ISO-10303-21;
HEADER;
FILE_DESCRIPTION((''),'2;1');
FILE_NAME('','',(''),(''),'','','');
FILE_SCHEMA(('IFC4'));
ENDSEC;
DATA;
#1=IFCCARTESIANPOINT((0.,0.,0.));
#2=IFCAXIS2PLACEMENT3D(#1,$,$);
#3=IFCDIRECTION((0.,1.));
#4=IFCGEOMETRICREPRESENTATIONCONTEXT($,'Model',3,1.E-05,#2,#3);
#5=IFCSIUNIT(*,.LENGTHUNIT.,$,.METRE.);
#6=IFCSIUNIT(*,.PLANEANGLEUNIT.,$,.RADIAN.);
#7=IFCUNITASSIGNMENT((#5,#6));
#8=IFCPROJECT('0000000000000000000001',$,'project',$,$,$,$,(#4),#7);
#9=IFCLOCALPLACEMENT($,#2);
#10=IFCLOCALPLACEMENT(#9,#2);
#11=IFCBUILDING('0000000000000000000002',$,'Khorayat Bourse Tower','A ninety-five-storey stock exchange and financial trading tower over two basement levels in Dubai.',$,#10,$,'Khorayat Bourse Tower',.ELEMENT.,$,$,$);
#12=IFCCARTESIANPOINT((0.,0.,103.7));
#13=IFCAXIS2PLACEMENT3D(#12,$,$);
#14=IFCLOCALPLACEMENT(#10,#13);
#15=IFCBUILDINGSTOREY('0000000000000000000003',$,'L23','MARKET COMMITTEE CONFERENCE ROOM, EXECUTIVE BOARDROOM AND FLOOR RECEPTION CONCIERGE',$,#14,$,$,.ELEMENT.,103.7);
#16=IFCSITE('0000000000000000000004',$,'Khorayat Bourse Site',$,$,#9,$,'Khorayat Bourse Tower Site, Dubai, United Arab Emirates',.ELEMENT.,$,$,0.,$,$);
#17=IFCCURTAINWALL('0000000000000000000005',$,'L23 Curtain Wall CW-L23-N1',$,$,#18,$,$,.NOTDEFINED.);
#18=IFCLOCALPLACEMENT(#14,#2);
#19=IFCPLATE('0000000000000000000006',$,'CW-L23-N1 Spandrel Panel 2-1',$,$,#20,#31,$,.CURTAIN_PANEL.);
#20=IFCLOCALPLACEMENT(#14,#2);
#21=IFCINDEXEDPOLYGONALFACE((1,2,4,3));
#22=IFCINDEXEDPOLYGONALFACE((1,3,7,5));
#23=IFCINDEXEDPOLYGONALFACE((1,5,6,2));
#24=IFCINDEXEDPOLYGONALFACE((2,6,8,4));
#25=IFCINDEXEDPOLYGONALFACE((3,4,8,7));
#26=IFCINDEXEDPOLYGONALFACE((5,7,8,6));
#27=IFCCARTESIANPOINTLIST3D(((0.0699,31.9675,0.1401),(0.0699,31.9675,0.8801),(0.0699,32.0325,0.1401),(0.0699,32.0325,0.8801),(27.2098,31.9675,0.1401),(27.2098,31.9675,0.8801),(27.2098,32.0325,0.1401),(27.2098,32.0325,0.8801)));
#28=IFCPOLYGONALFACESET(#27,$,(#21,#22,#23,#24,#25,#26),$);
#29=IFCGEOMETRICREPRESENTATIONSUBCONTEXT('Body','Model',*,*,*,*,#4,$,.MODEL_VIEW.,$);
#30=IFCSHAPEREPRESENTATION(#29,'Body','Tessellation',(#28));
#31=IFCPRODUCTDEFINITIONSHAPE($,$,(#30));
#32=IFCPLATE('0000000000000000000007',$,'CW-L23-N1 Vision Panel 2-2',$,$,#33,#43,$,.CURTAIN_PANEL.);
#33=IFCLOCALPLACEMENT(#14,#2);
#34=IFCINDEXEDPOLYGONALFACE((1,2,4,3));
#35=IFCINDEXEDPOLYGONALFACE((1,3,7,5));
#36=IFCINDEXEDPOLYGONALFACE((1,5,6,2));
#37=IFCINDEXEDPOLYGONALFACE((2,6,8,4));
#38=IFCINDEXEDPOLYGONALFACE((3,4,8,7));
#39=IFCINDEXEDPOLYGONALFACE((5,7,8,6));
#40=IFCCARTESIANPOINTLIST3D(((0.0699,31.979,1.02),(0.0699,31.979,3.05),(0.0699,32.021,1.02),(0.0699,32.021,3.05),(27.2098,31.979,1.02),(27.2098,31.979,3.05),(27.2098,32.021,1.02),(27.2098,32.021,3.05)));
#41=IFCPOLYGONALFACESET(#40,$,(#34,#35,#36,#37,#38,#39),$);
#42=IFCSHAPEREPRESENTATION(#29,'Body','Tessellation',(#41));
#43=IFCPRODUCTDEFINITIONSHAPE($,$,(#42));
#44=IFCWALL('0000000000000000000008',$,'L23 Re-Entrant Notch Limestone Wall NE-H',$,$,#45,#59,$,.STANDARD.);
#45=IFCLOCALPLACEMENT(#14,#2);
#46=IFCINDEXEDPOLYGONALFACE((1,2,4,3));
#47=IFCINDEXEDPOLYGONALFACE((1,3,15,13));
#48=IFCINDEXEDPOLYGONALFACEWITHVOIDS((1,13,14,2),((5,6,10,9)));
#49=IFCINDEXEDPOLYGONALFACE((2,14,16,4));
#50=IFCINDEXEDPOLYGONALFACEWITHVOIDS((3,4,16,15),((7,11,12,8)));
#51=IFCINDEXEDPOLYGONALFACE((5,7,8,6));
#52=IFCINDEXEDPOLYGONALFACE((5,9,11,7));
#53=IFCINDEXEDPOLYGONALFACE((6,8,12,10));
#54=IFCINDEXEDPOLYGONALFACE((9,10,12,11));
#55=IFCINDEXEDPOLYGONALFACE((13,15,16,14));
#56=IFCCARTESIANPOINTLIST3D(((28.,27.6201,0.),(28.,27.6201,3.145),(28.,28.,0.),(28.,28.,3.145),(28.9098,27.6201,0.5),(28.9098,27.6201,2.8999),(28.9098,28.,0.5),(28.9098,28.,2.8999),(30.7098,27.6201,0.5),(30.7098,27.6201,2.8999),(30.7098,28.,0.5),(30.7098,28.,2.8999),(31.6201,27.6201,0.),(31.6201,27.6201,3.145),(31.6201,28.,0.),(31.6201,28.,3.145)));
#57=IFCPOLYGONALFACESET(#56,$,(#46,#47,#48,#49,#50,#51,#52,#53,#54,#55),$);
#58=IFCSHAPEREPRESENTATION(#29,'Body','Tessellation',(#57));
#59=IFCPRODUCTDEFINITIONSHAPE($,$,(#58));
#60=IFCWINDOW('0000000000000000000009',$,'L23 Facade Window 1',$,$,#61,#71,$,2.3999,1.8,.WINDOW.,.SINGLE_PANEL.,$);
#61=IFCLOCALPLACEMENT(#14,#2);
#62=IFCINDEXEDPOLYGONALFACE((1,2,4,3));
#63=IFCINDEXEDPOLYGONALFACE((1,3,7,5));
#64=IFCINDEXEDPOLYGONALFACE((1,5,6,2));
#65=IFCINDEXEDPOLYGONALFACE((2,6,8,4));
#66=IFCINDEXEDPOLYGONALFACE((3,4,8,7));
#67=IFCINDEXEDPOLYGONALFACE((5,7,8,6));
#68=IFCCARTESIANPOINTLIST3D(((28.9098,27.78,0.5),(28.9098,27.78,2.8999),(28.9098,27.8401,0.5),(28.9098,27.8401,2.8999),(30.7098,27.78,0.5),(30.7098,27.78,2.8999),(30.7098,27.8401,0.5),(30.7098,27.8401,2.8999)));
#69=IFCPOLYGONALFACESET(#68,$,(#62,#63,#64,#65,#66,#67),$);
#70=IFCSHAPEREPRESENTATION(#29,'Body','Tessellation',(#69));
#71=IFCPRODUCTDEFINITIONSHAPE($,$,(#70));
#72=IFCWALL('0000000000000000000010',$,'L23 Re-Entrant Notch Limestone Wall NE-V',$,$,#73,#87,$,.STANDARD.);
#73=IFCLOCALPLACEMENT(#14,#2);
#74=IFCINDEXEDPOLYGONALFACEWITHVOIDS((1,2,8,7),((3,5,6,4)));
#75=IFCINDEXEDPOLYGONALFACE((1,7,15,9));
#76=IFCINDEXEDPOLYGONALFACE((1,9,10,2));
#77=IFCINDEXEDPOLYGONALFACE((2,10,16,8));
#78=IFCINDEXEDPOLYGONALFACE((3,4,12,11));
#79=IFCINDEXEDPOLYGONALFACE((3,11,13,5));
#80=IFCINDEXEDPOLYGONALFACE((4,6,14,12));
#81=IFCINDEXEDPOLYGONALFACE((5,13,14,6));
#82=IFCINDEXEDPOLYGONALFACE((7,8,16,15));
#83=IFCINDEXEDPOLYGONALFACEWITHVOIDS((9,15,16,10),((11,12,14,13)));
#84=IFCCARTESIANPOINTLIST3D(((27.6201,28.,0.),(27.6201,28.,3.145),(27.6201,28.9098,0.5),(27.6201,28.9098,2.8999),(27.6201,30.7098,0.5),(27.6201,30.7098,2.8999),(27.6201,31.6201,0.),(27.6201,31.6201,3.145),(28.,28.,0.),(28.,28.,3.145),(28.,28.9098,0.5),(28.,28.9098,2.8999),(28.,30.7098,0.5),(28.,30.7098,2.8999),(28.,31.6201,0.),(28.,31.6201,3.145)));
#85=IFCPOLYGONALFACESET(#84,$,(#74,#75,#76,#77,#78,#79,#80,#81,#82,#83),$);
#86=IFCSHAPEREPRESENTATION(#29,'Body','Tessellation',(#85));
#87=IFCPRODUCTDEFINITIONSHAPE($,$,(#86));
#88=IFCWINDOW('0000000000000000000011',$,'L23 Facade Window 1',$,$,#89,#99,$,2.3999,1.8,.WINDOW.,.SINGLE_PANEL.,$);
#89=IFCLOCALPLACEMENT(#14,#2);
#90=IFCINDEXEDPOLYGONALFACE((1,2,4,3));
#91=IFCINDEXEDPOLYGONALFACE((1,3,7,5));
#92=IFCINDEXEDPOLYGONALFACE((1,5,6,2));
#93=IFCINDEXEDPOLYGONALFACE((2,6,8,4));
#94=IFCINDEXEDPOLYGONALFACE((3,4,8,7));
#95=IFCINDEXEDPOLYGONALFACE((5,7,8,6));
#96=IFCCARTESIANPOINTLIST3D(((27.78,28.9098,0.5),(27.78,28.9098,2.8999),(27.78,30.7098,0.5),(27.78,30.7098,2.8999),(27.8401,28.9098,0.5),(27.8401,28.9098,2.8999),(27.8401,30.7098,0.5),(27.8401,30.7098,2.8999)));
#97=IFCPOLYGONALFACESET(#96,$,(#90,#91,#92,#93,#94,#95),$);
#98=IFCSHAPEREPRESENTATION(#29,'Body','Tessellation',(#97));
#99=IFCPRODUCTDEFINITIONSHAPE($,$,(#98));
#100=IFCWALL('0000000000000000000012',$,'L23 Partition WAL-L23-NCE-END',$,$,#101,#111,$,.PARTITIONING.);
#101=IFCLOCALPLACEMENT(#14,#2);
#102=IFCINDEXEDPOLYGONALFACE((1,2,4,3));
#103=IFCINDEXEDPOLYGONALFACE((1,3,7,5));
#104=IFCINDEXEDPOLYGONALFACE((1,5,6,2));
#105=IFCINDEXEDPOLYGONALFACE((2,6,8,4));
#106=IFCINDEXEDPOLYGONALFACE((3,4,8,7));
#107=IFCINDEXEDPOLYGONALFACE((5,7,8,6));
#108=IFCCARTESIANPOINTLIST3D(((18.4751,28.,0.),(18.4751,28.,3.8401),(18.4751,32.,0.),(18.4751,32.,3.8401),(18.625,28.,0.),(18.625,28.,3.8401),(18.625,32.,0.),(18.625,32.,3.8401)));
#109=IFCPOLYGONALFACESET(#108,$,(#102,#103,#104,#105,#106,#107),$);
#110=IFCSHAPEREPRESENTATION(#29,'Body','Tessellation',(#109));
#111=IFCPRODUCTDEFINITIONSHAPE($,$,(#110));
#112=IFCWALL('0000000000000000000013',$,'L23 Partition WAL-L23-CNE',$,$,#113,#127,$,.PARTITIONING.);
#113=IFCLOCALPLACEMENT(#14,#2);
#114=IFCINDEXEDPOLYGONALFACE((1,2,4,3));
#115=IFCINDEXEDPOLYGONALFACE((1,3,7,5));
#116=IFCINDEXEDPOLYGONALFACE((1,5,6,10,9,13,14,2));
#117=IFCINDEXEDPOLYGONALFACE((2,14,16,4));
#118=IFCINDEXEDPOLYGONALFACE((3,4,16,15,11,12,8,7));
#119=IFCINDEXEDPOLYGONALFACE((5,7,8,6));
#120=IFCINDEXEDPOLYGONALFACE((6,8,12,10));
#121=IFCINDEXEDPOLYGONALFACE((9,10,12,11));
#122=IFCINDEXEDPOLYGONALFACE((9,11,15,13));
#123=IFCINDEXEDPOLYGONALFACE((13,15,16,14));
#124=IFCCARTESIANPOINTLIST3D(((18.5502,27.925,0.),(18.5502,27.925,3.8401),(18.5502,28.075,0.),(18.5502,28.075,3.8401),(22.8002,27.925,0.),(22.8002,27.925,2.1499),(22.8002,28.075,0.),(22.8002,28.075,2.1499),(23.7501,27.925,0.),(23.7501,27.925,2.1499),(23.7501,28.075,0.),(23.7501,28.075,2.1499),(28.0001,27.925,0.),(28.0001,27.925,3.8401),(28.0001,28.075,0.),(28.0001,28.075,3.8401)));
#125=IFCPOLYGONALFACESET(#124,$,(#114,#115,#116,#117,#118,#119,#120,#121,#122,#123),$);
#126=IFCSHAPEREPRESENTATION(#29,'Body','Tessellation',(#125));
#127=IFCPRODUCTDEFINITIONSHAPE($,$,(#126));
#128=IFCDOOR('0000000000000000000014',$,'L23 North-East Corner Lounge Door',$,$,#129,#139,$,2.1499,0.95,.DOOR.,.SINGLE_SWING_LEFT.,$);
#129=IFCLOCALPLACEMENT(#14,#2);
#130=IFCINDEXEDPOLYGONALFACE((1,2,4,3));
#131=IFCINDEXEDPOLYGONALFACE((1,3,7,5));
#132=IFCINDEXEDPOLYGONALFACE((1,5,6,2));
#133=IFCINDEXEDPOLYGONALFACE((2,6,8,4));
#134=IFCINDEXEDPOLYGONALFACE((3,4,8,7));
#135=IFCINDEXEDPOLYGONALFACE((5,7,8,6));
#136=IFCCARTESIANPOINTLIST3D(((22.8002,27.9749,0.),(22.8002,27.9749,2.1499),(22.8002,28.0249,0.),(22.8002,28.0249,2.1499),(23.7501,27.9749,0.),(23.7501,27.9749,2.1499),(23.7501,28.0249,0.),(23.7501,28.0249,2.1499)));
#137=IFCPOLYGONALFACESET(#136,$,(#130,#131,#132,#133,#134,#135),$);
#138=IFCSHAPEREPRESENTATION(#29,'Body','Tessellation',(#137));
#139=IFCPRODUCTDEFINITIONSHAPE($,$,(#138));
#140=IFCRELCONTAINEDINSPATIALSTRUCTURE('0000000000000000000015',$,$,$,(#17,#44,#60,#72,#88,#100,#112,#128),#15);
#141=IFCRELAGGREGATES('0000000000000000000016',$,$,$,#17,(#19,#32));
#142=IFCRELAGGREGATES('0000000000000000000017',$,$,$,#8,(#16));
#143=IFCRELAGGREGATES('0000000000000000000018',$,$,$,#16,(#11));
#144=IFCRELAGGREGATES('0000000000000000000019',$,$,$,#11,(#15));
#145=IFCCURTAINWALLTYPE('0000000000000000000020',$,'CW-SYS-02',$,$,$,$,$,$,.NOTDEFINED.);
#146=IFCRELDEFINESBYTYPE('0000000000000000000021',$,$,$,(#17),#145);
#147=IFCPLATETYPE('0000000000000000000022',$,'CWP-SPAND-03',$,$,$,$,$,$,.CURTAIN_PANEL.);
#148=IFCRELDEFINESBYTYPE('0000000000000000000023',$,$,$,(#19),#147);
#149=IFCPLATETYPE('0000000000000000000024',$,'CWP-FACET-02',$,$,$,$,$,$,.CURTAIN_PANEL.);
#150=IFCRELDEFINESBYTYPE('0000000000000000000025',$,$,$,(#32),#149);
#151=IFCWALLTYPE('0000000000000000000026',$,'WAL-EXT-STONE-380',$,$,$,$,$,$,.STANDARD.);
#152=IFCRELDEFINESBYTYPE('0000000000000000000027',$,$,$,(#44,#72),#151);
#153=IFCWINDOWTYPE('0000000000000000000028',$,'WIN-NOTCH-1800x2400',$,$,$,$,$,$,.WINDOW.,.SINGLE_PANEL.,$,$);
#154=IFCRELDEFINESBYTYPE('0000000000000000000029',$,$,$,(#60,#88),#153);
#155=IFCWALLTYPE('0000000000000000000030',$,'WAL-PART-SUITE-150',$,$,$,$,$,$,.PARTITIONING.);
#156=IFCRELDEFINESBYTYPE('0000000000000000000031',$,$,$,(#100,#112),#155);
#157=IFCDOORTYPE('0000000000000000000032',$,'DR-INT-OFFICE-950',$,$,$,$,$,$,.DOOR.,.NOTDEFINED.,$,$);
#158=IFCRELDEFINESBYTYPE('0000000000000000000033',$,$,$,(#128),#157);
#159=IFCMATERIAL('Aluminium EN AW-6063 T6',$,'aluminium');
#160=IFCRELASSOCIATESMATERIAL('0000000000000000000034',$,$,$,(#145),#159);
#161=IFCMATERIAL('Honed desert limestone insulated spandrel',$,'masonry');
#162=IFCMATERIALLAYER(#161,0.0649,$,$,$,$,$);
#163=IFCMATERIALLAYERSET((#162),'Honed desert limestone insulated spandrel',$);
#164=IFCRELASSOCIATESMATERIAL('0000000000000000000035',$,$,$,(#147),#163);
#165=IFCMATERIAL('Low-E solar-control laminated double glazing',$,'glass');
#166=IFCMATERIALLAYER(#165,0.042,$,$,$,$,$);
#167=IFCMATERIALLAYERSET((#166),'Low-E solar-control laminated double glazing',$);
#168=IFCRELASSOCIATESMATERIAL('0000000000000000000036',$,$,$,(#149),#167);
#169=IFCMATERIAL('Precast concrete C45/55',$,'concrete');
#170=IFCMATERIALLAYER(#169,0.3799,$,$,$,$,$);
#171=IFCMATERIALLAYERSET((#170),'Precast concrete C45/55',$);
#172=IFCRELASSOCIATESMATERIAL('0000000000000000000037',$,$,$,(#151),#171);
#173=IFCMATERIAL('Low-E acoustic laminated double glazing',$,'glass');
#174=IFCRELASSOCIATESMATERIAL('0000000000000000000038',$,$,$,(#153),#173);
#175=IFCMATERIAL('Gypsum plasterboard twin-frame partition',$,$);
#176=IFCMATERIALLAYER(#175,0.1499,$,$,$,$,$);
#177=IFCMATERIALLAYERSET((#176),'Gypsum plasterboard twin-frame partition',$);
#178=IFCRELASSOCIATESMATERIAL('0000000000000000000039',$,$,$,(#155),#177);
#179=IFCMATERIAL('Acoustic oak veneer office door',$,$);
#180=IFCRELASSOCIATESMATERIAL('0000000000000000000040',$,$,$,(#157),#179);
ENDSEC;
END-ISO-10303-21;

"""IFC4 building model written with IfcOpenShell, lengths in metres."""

from ifc_helpers import new_model, si_unit, direction, frame, frame_2d, origin, origin_2d, place, context, subcontext, project, spatial, rectangle, extrude, source, transform, mapped, material, layer, layer_set, type_object, element, fill, aggregate, save


model = new_model("IFC4")

# Units and contexts
model_context = context("Model", 3, precision=1e-05, world=origin(), true_north=direction((0.0, 1.0)))
body_context = subcontext(model_context, "Body", "Model", "MODEL_VIEW")
ifc_project = project(units=[si_unit("LENGTHUNIT", "METRE"), si_unit("PLANEANGLEUNIT", "RADIAN")], contexts=[model_context])

# Site, building, storey
site_placement = place(None, origin())
site = spatial("IfcSite", under=ifc_project, at=site_placement, Name="Khorayat Bourse Site", LongName="Khorayat Bourse Tower Site, Dubai, United Arab Emirates", CompositionType="ELEMENT", RefElevation=0.0)
building_placement = place(site_placement, origin())
building = spatial("IfcBuilding", under=site, at=building_placement, Name="Khorayat Bourse Tower", Description="A ninety-five-storey stock exchange and financial trading tower over two basement levels in Dubai.", LongName="Khorayat Bourse Tower", CompositionType="ELEMENT")
storey_placement = place(building_placement, frame((0.0, 0.0, 103.7)))
storey = spatial("IfcBuildingStorey", under=building, at=storey_placement, Name="L23", Description="MARKET COMMITTEE CONFERENCE ROOM, EXECUTIVE BOARDROOM AND FLOOR RECEPTION CONCIERGE", CompositionType="ELEMENT", Elevation=103.7)

# Curtain wall
ifc_material_1 = material(Name="Aluminium EN AW-6063 T6", Category="aluminium")
curtain_wall_type = type_object("IfcCurtainWallType", Name="CW-SYS-02", PredefinedType="NOTDEFINED", material=ifc_material_1)
curtain_wall_1_placement = place(storey_placement, origin())
curtain_wall_1 = element("IfcCurtainWall", 1, at=curtain_wall_1_placement, inside=storey, type_object=curtain_wall_type, Name="L23 Curtain Wall CW-L23-N1", PredefinedType="NOTDEFINED")

# Plates
ifc_material_2 = material(Name="Honed desert limestone insulated spandrel", Category="masonry")
ifc_layer_1 = layer(ifc_material_2, 0.0649)
ifc_layer_set_1 = layer_set([ifc_layer_1], Name="Honed desert limestone insulated spandrel")
plate_type_1 = type_object("IfcPlateType", Name="CWP-SPAND-03", PredefinedType="CURTAIN_PANEL", material=ifc_layer_set_1)
shared_shape_1 = source(origin(), body_context, "Body", "SweptSolid", [
    extrude(rectangle(XDim=27.1399, YDim=0.0649, at=origin_2d()), origin(), (0.0, 0.0, 1.0), 0.74),
])
plate_1_placement = place(storey_placement, frame((13.6399, 32.0, 0.1401), z_axis=(0.0, 0.0, 1.0), x_axis=(1.0, 0.0, 0.0)))
plate_1 = element("IfcPlate", 2, at=plate_1_placement, type_object=plate_type_1, Name="CW-L23-N1 Spandrel Panel 2-1", PredefinedType="CURTAIN_PANEL", context=body_context, shape_type="MappedRepresentation", body=[
    mapped(shared_shape_1, transform((0.0, 0.0, 0.0), scale=1.0)),
])
ifc_material_3 = material(Name="Low-E solar-control laminated double glazing", Category="glass")
ifc_layer_2 = layer(ifc_material_3, 0.042)
ifc_layer_set_2 = layer_set([ifc_layer_2], Name="Low-E solar-control laminated double glazing")
plate_type_2 = type_object("IfcPlateType", Name="CWP-FACET-02", PredefinedType="CURTAIN_PANEL", material=ifc_layer_set_2)
shared_shape_2 = source(origin(), body_context, "Body", "SweptSolid", [
    extrude(rectangle(XDim=27.1399, YDim=0.042, at=origin_2d()), origin(), (0.0, 0.0, 1.0), 2.03),
])
plate_2_placement = place(storey_placement, frame((13.6399, 32.0, 1.02), z_axis=(0.0, 0.0, 1.0), x_axis=(1.0, 0.0, 0.0)))
plate_2 = element("IfcPlate", 3, at=plate_2_placement, type_object=plate_type_2, Name="CW-L23-N1 Vision Panel 2-2", PredefinedType="CURTAIN_PANEL", context=body_context, shape_type="MappedRepresentation", body=[
    mapped(shared_shape_2, transform((0.0, 0.0, 0.0), scale=1.0)),
])
aggregate(curtain_wall_1, [plate_1, plate_2])

# Walls, openings, windows
ifc_material_4 = material(Name="Precast concrete C45/55", Category="concrete")
ifc_layer_3 = layer(ifc_material_4, 0.3799)
ifc_layer_set_3 = layer_set([ifc_layer_3], Name="Precast concrete C45/55")
wall_type_1 = type_object("IfcWallType", Name="WAL-EXT-STONE-380", PredefinedType="STANDARD", material=ifc_layer_set_3)
shared_shape_3 = source(origin(), body_context, "Body", "SweptSolid", [
    extrude(rectangle(XDim=3.6201, YDim=0.3799, at=frame_2d((1.8101, 0.0))), origin(), (0.0, 0.0, 1.0), 3.145),
])
wall_1_placement = place(storey_placement, frame((28.0, 27.8101, 0.0), z_axis=(0.0, 0.0, 1.0), x_axis=(1.0, 0.0, 0.0)))
wall_1 = element("IfcWall", 4, at=wall_1_placement, inside=storey, type_object=wall_type_1, Name="L23 Re-Entrant Notch Limestone Wall NE-H", PredefinedType="STANDARD", context=body_context, shape_type="MappedRepresentation", body=[
    mapped(shared_shape_3, transform((0.0, 0.0, 0.0), scale=1.0)),
])
shared_shape_4 = source(origin(), body_context, "Body", "SweptSolid", [
    extrude(rectangle(XDim=1.8, YDim=2.3999, at=frame_2d((0.8999, 1.2))), frame((0.0, 0.2, 0.0), z_axis=(0.0, -1.0, 0.0), x_axis=(1.0, 0.0, 0.0)), (0.0, 0.0, 1.0), 0.3999),
])
opening_1_placement = place(wall_1_placement, frame((0.9099, 0.0, 0.5)))
opening_1 = element("IfcOpeningElement", 5, at=opening_1_placement, cuts=wall_1, PredefinedType="OPENING", context=body_context, shape_type="MappedRepresentation", body=[
    mapped(shared_shape_4, transform((0.0, 0.0, 0.0), scale=1.0)),
])
ifc_material_5 = material(Name="Low-E acoustic laminated double glazing", Category="glass")
window_type = type_object("IfcWindowType", Name="WIN-NOTCH-1800x2400", PartitioningType="SINGLE_PANEL", PredefinedType="WINDOW", material=ifc_material_5)
shared_shape_5 = source(origin(), body_context, "Body", "SweptSolid", [
    extrude(rectangle(XDim=1.8, YDim=2.3999, at=frame_2d((0.8999, 1.2))), frame((0.0, 0.03, 0.0), z_axis=(0.0, -1.0, 0.0), x_axis=(1.0, 0.0, 0.0)), (0.0, 0.0, 1.0), 0.0601),
])
window_1_placement = place(opening_1_placement, origin())
window_1 = element("IfcWindow", 6, at=window_1_placement, inside=storey, type_object=window_type, Name="L23 Facade Window 1", OverallHeight=2.3999, OverallWidth=1.8, PartitioningType="SINGLE_PANEL", PredefinedType="WINDOW", context=body_context, shape_type="MappedRepresentation", body=[
    mapped(shared_shape_5, transform((0.0, 0.0, 0.0), scale=1.0)),
])
fill(opening_1, window_1)
wall_2_placement = place(storey_placement, frame((27.8101, 28.0, 0.0), z_axis=(0.0, 0.0, 1.0), x_axis=(0.0, 1.0, 0.0)))
wall_2 = element("IfcWall", 7, at=wall_2_placement, inside=storey, type_object=wall_type_1, Name="L23 Re-Entrant Notch Limestone Wall NE-V", PredefinedType="STANDARD", context=body_context, shape_type="MappedRepresentation", body=[
    mapped(shared_shape_3, transform((0.0, 0.0, 0.0), scale=1.0)),
])
opening_2_placement = place(wall_2_placement, frame((0.9099, 0.0, 0.5)))
opening_2 = element("IfcOpeningElement", 8, at=opening_2_placement, cuts=wall_2, PredefinedType="OPENING", context=body_context, shape_type="MappedRepresentation", body=[
    mapped(shared_shape_4, transform((0.0, 0.0, 0.0), scale=1.0)),
])
window_2_placement = place(opening_2_placement, origin())
window_2 = element("IfcWindow", 9, at=window_2_placement, inside=storey, type_object=window_type, Name="L23 Facade Window 1", OverallHeight=2.3999, OverallWidth=1.8, PartitioningType="SINGLE_PANEL", PredefinedType="WINDOW", context=body_context, shape_type="MappedRepresentation", body=[
    mapped(shared_shape_5, transform((0.0, 0.0, 0.0), scale=1.0)),
])
fill(opening_2, window_2)

# Wall
ifc_material_6 = material(Name="Gypsum plasterboard twin-frame partition")
ifc_layer_4 = layer(ifc_material_6, 0.1499)
ifc_layer_set_4 = layer_set([ifc_layer_4], Name="Gypsum plasterboard twin-frame partition")
wall_type_2 = type_object("IfcWallType", Name="WAL-PART-SUITE-150", PredefinedType="PARTITIONING", material=ifc_layer_set_4)
shared_shape_6 = source(origin(), body_context, "Body", "SweptSolid", [
    extrude(rectangle(XDim=4.0, YDim=0.1499, at=frame_2d((2.0, 0.0))), origin(), (0.0, 0.0, 1.0), 3.8401),
])
wall_3_placement = place(storey_placement, frame((18.55, 28.0, 0.0), z_axis=(0.0, 0.0, 1.0), x_axis=(0.0, 1.0, 0.0)))
element("IfcWall", 10, at=wall_3_placement, inside=storey, type_object=wall_type_2, Name="L23 Partition WAL-L23-NCE-END", PredefinedType="PARTITIONING", context=body_context, shape_type="MappedRepresentation", body=[
    mapped(shared_shape_6, transform((0.0, 0.0, 0.0), scale=1.0)),
])

# Wall, opening, door
shared_shape_7 = source(origin(), body_context, "Body", "SweptSolid", [
    extrude(rectangle(XDim=9.45, YDim=0.1499, at=frame_2d((4.7251, 0.0))), origin(), (0.0, 0.0, 1.0), 3.8401),
])
wall_4_placement = place(storey_placement, frame((18.55, 28.0, 0.0), z_axis=(0.0, 0.0, 1.0), x_axis=(1.0, 0.0, 0.0)))
wall_4 = element("IfcWall", 11, at=wall_4_placement, inside=storey, type_object=wall_type_2, Name="L23 Partition WAL-L23-CNE", PredefinedType="PARTITIONING", context=body_context, shape_type="MappedRepresentation", body=[
    mapped(shared_shape_7, transform((0.0, 0.0, 0.0), scale=1.0)),
])
shared_shape_8 = source(origin(), body_context, "Body", "SweptSolid", [
    extrude(rectangle(XDim=0.95, YDim=2.1499, at=frame_2d((0.4751, 1.075))), frame((0.0, 0.085, 0.0), z_axis=(0.0, -1.0, 0.0), x_axis=(1.0, 0.0, 0.0)), (0.0, 0.0, 1.0), 0.1699),
])
opening_3_placement = place(wall_4_placement, frame((4.25, 0.0, 0.0)))
opening_3 = element("IfcOpeningElement", 12, at=opening_3_placement, cuts=wall_4, PredefinedType="OPENING", context=body_context, shape_type="MappedRepresentation", body=[
    mapped(shared_shape_8, transform((0.0, 0.0, 0.0), scale=1.0)),
])
ifc_material_7 = material(Name="Acoustic oak veneer office door")
door_type = type_object("IfcDoorType", Name="DR-INT-OFFICE-950", OperationType="NOTDEFINED", PredefinedType="DOOR", material=ifc_material_7)
shared_shape_9 = source(origin(), body_context, "Body", "SweptSolid", [
    extrude(rectangle(XDim=0.95, YDim=2.1499, at=frame_2d((0.4751, 1.075))), frame((0.0, 0.0249, 0.0), z_axis=(0.0, -1.0, 0.0), x_axis=(1.0, 0.0, 0.0)), (0.0, 0.0, 1.0), 0.05),
])
door_placement = place(opening_3_placement, origin())
door = element("IfcDoor", 13, at=door_placement, inside=storey, type_object=door_type, Name="L23 North-East Corner Lounge Door", OperationType="SINGLE_SWING_LEFT", OverallHeight=2.1499, OverallWidth=0.95, PredefinedType="DOOR", context=body_context, shape_type="MappedRepresentation", body=[
    mapped(shared_shape_9, transform((0.0, 0.0, 0.0), scale=1.0)),
])
fill(opening_3, door)

save(model, "model.ifc")
